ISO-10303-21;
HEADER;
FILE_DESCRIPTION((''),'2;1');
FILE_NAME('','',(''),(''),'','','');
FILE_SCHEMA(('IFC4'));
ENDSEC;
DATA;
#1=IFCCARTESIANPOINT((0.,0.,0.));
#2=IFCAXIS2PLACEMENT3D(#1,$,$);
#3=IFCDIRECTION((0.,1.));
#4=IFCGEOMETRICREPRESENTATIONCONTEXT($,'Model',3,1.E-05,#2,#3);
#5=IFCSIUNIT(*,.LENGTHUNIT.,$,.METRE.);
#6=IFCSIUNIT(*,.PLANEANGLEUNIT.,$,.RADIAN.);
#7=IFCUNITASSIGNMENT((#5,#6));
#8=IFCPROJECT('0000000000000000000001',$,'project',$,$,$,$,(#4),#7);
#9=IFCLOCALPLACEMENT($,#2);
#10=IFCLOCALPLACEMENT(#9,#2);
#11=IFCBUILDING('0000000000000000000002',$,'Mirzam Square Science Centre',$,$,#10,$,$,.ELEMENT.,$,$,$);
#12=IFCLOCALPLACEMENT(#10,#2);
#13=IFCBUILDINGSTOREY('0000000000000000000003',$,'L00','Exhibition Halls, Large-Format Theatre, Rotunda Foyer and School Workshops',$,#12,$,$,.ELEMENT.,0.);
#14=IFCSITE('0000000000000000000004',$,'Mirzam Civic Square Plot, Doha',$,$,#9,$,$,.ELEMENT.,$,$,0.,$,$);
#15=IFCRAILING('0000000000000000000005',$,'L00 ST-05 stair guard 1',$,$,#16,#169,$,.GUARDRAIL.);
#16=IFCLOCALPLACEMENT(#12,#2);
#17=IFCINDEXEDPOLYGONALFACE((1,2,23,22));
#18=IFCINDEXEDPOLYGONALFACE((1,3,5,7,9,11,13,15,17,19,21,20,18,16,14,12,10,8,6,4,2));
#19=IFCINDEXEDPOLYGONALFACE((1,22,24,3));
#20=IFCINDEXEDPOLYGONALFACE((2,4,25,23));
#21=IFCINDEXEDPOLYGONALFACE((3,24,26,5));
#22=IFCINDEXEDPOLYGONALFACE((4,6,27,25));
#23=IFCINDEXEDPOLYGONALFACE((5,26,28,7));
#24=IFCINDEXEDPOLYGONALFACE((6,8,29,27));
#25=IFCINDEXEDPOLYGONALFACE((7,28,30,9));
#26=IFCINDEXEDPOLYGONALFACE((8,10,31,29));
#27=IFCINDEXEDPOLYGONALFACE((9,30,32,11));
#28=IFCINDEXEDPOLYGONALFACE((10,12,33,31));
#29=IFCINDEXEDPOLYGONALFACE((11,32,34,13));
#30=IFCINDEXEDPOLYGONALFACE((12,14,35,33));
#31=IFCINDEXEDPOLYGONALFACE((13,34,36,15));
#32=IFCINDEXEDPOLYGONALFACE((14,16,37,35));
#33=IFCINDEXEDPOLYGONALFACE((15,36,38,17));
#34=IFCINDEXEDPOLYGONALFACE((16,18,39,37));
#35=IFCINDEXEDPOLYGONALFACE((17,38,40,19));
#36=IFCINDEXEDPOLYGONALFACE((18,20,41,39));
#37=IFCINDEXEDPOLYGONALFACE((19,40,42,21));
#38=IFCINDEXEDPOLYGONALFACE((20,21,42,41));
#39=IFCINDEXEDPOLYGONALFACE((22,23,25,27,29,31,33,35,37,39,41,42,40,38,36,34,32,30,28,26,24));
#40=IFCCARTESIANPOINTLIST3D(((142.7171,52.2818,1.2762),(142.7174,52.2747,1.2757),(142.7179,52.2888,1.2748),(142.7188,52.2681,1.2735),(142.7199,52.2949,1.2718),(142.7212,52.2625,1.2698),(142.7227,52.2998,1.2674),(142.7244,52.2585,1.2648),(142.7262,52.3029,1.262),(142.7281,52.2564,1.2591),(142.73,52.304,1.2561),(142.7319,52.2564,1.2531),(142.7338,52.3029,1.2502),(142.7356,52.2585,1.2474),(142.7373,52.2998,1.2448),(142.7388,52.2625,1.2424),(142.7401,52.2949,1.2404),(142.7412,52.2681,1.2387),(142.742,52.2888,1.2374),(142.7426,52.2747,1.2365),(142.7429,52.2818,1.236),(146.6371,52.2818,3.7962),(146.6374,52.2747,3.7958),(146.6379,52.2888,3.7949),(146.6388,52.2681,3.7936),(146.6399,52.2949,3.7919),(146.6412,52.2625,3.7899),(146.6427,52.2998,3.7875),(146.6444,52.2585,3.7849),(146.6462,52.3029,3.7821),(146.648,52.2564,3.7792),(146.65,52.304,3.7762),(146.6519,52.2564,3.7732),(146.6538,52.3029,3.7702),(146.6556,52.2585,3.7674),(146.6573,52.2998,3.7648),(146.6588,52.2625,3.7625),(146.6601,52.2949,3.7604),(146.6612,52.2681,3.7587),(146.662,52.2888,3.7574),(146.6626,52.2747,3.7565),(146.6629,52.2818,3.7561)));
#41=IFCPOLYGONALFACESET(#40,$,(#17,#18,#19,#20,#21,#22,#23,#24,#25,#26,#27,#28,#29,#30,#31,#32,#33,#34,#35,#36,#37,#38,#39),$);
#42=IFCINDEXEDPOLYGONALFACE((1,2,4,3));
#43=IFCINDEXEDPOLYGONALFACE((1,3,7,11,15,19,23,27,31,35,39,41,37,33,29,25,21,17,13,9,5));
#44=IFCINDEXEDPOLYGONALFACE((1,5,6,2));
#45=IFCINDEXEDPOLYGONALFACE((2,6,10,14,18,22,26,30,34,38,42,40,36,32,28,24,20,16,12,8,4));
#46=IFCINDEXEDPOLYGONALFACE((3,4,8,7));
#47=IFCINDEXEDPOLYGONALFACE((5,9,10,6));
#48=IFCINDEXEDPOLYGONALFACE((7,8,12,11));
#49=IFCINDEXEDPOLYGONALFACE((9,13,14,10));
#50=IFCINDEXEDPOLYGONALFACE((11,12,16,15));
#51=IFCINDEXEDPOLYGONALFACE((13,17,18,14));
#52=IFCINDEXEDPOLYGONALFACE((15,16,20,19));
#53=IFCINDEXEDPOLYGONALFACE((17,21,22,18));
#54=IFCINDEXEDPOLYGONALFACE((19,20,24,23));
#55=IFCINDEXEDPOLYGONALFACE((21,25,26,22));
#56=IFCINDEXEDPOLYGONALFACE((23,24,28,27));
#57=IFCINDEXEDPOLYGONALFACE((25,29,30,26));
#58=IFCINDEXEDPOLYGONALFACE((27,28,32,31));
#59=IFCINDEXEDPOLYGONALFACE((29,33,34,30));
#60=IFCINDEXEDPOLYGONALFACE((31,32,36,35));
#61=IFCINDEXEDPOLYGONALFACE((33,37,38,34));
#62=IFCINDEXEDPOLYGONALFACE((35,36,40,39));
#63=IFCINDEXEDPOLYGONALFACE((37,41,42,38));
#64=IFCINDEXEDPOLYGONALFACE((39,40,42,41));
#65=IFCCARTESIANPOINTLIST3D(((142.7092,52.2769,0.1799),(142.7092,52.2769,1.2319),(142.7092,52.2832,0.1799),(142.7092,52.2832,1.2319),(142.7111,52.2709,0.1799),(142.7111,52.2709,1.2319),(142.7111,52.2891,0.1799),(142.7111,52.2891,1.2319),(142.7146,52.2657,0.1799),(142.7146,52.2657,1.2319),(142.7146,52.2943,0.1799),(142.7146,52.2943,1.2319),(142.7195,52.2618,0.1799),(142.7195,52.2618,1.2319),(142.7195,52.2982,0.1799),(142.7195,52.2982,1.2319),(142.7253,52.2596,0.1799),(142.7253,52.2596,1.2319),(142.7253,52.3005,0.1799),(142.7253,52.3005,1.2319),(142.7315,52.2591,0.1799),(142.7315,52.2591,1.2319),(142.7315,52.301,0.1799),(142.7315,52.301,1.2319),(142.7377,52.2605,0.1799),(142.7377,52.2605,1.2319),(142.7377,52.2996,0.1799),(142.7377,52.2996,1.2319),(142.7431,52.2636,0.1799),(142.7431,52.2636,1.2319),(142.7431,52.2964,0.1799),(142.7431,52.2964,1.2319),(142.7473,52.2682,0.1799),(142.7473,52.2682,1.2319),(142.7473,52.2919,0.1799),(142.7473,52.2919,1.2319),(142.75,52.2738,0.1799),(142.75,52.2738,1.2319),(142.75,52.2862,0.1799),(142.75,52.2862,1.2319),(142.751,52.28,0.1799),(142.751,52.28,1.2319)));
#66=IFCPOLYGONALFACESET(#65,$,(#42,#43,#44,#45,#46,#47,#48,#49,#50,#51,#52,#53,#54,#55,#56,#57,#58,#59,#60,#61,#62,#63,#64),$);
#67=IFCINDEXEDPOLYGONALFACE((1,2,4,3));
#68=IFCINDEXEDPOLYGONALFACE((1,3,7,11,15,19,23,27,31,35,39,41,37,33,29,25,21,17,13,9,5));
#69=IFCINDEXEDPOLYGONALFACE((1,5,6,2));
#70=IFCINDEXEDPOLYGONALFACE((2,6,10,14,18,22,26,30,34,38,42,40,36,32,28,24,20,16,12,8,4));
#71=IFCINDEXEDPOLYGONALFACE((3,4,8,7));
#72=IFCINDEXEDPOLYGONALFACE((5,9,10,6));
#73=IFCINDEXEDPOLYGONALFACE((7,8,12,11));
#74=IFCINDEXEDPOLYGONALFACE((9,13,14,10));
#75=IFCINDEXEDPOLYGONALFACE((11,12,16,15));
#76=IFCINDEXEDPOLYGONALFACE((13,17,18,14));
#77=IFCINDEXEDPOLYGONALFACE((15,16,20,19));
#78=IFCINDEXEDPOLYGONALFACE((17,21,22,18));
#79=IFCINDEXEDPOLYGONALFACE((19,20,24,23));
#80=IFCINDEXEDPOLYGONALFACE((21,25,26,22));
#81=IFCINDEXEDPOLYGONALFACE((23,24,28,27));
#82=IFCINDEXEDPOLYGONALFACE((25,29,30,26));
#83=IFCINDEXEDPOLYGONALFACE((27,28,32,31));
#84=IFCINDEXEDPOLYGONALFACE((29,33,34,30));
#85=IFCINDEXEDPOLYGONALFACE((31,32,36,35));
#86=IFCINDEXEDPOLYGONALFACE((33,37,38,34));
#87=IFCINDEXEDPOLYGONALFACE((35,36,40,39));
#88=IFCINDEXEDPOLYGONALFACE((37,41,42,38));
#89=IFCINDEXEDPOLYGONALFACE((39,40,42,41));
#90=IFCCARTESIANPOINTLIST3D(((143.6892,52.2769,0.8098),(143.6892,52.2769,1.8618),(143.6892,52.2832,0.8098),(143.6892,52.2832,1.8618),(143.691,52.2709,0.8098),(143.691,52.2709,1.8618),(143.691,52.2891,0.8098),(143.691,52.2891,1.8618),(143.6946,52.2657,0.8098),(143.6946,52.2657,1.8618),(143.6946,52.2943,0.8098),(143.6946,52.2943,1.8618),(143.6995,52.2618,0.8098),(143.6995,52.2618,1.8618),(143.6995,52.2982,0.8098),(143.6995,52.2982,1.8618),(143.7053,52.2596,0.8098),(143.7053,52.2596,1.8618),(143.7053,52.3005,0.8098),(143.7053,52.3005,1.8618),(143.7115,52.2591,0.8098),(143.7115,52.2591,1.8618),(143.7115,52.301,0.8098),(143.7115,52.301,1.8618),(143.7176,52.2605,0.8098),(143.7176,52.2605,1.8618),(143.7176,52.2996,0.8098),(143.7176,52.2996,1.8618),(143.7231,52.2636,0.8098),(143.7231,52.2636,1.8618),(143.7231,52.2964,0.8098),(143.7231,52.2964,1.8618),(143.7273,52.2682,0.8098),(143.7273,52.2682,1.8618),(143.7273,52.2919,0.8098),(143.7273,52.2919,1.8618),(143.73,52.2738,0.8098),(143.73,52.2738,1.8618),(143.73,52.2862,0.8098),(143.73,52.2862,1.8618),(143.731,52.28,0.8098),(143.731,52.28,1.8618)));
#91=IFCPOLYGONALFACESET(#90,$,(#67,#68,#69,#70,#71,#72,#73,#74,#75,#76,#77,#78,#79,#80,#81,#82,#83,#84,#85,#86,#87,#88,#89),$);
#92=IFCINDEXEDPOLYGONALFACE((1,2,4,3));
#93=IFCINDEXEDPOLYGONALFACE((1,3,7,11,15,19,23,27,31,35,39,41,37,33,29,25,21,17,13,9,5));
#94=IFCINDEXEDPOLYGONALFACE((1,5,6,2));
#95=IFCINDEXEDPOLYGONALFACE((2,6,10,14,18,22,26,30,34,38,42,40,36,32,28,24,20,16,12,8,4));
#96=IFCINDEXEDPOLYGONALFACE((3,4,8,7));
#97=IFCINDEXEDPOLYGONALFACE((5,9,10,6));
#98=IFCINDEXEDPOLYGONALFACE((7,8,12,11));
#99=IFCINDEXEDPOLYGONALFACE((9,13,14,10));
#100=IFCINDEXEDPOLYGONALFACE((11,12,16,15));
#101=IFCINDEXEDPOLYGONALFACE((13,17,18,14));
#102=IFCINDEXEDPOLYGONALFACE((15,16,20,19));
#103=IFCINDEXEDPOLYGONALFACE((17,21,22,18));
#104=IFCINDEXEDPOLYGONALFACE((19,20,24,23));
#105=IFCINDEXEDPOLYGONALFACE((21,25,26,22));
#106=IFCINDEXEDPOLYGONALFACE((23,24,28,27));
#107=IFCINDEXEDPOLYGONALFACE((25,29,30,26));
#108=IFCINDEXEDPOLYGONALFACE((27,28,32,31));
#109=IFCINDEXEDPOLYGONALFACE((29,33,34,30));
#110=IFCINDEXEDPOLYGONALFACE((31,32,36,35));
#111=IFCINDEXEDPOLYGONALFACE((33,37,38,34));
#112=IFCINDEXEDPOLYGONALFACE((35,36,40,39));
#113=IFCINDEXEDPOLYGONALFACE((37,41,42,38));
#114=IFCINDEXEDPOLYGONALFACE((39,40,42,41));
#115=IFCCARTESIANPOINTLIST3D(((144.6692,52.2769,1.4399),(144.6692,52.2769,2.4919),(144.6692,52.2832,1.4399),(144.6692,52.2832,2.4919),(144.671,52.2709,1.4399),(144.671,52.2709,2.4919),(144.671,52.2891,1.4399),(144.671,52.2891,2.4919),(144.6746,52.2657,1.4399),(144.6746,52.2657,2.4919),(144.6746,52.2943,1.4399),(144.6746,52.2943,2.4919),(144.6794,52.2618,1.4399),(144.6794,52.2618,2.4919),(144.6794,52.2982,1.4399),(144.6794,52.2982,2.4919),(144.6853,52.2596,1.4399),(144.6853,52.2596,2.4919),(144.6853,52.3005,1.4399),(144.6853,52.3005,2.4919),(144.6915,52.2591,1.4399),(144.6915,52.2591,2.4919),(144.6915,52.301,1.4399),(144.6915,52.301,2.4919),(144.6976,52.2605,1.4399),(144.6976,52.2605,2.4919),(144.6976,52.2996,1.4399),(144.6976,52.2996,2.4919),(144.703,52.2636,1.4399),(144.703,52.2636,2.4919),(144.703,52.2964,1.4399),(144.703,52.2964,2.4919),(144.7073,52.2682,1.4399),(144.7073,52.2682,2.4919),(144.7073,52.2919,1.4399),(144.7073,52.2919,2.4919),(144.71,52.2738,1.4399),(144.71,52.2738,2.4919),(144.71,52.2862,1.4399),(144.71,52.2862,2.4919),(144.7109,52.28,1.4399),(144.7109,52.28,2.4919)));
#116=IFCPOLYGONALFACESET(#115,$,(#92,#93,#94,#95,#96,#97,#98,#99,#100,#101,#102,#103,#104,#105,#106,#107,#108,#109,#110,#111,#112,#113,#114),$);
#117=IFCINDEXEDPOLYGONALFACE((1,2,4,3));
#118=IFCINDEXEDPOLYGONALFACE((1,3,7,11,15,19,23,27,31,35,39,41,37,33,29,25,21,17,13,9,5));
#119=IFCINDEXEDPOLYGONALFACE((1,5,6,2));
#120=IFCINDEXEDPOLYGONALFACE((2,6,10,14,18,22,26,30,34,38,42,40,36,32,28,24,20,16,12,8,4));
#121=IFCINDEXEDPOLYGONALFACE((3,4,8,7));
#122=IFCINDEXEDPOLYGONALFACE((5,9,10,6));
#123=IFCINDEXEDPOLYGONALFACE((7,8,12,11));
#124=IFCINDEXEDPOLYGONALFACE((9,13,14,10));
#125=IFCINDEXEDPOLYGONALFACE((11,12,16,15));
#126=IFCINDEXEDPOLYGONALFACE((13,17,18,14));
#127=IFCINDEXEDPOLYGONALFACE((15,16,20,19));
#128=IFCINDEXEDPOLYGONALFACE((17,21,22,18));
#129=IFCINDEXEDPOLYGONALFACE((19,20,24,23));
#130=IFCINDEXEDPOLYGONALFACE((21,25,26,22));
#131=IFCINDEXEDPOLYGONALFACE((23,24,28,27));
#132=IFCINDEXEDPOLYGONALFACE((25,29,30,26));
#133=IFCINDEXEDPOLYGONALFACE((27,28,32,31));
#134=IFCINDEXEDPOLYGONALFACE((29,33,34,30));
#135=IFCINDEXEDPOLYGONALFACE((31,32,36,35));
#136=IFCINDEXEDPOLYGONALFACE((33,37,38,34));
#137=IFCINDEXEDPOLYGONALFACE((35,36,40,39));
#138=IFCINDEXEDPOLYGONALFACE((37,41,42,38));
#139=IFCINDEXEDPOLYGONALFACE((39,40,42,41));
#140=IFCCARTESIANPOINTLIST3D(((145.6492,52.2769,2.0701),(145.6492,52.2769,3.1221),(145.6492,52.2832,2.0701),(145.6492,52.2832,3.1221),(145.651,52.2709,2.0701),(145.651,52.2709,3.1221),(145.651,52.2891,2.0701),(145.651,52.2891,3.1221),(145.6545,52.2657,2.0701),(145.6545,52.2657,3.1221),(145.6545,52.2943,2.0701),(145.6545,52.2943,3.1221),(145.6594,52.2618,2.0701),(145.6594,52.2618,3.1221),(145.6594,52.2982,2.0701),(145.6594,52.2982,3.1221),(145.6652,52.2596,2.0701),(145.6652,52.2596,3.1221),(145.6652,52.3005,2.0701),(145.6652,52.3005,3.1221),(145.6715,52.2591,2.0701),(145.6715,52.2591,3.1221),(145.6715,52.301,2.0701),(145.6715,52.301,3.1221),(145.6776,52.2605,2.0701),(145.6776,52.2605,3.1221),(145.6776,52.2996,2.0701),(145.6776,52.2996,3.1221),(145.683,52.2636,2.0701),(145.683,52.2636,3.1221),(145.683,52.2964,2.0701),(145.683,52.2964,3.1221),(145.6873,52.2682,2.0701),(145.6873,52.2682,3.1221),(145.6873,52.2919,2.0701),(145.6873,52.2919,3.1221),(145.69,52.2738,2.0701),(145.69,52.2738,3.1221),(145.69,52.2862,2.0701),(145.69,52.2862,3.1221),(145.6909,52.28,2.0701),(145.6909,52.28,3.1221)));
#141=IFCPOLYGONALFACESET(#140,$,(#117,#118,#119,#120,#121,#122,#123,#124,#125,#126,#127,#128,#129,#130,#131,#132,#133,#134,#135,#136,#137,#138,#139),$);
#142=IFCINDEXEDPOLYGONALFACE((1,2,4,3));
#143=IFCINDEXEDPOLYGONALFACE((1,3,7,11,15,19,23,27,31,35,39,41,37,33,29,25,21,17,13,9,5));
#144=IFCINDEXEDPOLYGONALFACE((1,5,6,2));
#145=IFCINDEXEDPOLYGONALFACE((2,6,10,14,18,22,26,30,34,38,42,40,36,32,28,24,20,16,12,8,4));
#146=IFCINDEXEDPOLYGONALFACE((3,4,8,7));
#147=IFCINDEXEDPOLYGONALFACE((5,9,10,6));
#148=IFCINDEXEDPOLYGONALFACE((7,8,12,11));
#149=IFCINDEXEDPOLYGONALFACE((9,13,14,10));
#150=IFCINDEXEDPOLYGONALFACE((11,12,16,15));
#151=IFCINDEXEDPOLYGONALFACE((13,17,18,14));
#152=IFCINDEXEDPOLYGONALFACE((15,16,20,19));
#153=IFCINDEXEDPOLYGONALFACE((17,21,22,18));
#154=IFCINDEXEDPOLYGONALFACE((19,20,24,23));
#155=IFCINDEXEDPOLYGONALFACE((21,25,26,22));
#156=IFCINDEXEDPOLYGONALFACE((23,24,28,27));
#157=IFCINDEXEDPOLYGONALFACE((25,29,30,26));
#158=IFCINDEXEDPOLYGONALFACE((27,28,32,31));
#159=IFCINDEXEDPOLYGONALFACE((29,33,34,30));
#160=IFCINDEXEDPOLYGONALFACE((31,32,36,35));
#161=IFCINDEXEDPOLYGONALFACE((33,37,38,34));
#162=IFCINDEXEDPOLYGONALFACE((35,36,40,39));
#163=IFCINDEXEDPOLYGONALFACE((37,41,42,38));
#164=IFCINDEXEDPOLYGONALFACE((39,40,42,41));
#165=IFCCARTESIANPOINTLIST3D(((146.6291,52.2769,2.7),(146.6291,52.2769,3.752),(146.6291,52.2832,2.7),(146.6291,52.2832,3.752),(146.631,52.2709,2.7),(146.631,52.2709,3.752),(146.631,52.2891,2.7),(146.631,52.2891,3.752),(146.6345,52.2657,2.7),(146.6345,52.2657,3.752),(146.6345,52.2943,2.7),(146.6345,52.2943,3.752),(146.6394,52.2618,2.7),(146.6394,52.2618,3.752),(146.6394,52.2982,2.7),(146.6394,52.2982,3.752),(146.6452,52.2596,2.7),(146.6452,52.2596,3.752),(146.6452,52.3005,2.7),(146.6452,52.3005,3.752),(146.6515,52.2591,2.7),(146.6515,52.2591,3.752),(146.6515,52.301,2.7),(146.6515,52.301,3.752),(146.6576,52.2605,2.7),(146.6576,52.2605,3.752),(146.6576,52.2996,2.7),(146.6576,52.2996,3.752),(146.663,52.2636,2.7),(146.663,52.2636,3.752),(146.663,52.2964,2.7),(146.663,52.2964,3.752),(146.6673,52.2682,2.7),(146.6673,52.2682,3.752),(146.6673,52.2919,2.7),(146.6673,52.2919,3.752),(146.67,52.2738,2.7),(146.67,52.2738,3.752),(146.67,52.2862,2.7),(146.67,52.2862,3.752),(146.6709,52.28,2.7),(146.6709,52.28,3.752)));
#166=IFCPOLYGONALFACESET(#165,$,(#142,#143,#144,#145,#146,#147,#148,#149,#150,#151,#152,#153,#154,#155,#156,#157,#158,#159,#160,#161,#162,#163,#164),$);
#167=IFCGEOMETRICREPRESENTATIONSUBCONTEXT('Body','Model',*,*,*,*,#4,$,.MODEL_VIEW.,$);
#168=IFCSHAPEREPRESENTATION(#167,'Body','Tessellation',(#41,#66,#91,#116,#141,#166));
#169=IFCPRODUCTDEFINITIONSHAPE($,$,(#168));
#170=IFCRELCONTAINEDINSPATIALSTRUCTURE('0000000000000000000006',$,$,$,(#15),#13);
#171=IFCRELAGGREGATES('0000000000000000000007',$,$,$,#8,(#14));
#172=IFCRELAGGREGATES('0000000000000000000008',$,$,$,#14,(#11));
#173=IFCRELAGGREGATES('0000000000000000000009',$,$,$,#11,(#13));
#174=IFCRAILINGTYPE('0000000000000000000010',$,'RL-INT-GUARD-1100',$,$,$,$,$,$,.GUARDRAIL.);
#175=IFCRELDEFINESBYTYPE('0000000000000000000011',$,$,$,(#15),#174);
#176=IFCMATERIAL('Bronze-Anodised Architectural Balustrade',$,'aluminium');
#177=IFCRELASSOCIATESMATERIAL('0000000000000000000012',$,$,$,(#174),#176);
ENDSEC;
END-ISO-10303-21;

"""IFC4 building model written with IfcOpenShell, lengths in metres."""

from ifc_helpers import new_model, si_unit, direction, frame, origin, origin_2d, place, context, subcontext, project, spatial, circle, extrude, material, type_object, element, save


model = new_model("IFC4")

# Units and contexts
model_context = context("Model", 3, precision=1e-05, world=origin(), true_north=direction((0.0, 1.0)))
body_context = subcontext(model_context, "Body", "Model", "MODEL_VIEW")
ifc_project = project(units=[si_unit("LENGTHUNIT", "METRE"), si_unit("PLANEANGLEUNIT", "RADIAN")], contexts=[model_context])

# Site, building, storey
site_placement = place(None, origin())
site = spatial("IfcSite", under=ifc_project, at=site_placement, Name="Mirzam Civic Square Plot, Doha", CompositionType="ELEMENT", RefElevation=0.0)
building_placement = place(site_placement, origin())
building = spatial("IfcBuilding", under=site, at=building_placement, Name="Mirzam Square Science Centre", CompositionType="ELEMENT")
storey_placement = place(building_placement, origin())
storey = spatial("IfcBuildingStorey", under=building, at=storey_placement, Name="L00", Description="Exhibition Halls, Large-Format Theatre, Rotunda Foyer and School Workshops", CompositionType="ELEMENT", Elevation=0.0)

# Railing
ifc_material_1 = material(Name="Bronze-Anodised Architectural Balustrade", Category="aluminium")
railing_type_1 = type_object("IfcRailingType", Name="RL-INT-GUARD-1100", PredefinedType="GUARDRAIL", material=ifc_material_1)
railing_1_placement = place(storey_placement, frame((142.73, 52.28, 0.1799)))
element("IfcRailing", 1, at=railing_1_placement, inside=storey, type_object=railing_type_1, Name="L00 ST-05 stair guard 1", PredefinedType="GUARDRAIL", context=body_context, shape_type="SweptSolid", body=[
    extrude(circle(Radius=0.0239, at=origin_2d()), frame((0.0, 0.0, 1.0762), z_axis=(0.841172, 0.0, 0.540768), x_axis=(0.0, 1.0, 0.0)), (0.0, 0.0, 1.0), 4.6602),
    extrude(circle(Radius=0.021, at=origin_2d()), origin(), (0.0, 0.0, 1.0), 1.052),
    extrude(circle(Radius=0.021, at=origin_2d()), frame((0.98, 0.0, 0.6299)), (0.0, 0.0, 1.0), 1.052),
    extrude(circle(Radius=0.021, at=origin_2d()), frame((1.96, 0.0, 1.26)), (0.0, 0.0, 1.0), 1.052),
    extrude(circle(Radius=0.021, at=origin_2d()), frame((2.9399, 0.0, 1.8901)), (0.0, 0.0, 1.0), 1.052),
    extrude(circle(Radius=0.021, at=origin_2d()), frame((3.9199, 0.0, 2.52)), (0.0, 0.0, 1.0), 1.052),
])

save(model, "model.ifc")
